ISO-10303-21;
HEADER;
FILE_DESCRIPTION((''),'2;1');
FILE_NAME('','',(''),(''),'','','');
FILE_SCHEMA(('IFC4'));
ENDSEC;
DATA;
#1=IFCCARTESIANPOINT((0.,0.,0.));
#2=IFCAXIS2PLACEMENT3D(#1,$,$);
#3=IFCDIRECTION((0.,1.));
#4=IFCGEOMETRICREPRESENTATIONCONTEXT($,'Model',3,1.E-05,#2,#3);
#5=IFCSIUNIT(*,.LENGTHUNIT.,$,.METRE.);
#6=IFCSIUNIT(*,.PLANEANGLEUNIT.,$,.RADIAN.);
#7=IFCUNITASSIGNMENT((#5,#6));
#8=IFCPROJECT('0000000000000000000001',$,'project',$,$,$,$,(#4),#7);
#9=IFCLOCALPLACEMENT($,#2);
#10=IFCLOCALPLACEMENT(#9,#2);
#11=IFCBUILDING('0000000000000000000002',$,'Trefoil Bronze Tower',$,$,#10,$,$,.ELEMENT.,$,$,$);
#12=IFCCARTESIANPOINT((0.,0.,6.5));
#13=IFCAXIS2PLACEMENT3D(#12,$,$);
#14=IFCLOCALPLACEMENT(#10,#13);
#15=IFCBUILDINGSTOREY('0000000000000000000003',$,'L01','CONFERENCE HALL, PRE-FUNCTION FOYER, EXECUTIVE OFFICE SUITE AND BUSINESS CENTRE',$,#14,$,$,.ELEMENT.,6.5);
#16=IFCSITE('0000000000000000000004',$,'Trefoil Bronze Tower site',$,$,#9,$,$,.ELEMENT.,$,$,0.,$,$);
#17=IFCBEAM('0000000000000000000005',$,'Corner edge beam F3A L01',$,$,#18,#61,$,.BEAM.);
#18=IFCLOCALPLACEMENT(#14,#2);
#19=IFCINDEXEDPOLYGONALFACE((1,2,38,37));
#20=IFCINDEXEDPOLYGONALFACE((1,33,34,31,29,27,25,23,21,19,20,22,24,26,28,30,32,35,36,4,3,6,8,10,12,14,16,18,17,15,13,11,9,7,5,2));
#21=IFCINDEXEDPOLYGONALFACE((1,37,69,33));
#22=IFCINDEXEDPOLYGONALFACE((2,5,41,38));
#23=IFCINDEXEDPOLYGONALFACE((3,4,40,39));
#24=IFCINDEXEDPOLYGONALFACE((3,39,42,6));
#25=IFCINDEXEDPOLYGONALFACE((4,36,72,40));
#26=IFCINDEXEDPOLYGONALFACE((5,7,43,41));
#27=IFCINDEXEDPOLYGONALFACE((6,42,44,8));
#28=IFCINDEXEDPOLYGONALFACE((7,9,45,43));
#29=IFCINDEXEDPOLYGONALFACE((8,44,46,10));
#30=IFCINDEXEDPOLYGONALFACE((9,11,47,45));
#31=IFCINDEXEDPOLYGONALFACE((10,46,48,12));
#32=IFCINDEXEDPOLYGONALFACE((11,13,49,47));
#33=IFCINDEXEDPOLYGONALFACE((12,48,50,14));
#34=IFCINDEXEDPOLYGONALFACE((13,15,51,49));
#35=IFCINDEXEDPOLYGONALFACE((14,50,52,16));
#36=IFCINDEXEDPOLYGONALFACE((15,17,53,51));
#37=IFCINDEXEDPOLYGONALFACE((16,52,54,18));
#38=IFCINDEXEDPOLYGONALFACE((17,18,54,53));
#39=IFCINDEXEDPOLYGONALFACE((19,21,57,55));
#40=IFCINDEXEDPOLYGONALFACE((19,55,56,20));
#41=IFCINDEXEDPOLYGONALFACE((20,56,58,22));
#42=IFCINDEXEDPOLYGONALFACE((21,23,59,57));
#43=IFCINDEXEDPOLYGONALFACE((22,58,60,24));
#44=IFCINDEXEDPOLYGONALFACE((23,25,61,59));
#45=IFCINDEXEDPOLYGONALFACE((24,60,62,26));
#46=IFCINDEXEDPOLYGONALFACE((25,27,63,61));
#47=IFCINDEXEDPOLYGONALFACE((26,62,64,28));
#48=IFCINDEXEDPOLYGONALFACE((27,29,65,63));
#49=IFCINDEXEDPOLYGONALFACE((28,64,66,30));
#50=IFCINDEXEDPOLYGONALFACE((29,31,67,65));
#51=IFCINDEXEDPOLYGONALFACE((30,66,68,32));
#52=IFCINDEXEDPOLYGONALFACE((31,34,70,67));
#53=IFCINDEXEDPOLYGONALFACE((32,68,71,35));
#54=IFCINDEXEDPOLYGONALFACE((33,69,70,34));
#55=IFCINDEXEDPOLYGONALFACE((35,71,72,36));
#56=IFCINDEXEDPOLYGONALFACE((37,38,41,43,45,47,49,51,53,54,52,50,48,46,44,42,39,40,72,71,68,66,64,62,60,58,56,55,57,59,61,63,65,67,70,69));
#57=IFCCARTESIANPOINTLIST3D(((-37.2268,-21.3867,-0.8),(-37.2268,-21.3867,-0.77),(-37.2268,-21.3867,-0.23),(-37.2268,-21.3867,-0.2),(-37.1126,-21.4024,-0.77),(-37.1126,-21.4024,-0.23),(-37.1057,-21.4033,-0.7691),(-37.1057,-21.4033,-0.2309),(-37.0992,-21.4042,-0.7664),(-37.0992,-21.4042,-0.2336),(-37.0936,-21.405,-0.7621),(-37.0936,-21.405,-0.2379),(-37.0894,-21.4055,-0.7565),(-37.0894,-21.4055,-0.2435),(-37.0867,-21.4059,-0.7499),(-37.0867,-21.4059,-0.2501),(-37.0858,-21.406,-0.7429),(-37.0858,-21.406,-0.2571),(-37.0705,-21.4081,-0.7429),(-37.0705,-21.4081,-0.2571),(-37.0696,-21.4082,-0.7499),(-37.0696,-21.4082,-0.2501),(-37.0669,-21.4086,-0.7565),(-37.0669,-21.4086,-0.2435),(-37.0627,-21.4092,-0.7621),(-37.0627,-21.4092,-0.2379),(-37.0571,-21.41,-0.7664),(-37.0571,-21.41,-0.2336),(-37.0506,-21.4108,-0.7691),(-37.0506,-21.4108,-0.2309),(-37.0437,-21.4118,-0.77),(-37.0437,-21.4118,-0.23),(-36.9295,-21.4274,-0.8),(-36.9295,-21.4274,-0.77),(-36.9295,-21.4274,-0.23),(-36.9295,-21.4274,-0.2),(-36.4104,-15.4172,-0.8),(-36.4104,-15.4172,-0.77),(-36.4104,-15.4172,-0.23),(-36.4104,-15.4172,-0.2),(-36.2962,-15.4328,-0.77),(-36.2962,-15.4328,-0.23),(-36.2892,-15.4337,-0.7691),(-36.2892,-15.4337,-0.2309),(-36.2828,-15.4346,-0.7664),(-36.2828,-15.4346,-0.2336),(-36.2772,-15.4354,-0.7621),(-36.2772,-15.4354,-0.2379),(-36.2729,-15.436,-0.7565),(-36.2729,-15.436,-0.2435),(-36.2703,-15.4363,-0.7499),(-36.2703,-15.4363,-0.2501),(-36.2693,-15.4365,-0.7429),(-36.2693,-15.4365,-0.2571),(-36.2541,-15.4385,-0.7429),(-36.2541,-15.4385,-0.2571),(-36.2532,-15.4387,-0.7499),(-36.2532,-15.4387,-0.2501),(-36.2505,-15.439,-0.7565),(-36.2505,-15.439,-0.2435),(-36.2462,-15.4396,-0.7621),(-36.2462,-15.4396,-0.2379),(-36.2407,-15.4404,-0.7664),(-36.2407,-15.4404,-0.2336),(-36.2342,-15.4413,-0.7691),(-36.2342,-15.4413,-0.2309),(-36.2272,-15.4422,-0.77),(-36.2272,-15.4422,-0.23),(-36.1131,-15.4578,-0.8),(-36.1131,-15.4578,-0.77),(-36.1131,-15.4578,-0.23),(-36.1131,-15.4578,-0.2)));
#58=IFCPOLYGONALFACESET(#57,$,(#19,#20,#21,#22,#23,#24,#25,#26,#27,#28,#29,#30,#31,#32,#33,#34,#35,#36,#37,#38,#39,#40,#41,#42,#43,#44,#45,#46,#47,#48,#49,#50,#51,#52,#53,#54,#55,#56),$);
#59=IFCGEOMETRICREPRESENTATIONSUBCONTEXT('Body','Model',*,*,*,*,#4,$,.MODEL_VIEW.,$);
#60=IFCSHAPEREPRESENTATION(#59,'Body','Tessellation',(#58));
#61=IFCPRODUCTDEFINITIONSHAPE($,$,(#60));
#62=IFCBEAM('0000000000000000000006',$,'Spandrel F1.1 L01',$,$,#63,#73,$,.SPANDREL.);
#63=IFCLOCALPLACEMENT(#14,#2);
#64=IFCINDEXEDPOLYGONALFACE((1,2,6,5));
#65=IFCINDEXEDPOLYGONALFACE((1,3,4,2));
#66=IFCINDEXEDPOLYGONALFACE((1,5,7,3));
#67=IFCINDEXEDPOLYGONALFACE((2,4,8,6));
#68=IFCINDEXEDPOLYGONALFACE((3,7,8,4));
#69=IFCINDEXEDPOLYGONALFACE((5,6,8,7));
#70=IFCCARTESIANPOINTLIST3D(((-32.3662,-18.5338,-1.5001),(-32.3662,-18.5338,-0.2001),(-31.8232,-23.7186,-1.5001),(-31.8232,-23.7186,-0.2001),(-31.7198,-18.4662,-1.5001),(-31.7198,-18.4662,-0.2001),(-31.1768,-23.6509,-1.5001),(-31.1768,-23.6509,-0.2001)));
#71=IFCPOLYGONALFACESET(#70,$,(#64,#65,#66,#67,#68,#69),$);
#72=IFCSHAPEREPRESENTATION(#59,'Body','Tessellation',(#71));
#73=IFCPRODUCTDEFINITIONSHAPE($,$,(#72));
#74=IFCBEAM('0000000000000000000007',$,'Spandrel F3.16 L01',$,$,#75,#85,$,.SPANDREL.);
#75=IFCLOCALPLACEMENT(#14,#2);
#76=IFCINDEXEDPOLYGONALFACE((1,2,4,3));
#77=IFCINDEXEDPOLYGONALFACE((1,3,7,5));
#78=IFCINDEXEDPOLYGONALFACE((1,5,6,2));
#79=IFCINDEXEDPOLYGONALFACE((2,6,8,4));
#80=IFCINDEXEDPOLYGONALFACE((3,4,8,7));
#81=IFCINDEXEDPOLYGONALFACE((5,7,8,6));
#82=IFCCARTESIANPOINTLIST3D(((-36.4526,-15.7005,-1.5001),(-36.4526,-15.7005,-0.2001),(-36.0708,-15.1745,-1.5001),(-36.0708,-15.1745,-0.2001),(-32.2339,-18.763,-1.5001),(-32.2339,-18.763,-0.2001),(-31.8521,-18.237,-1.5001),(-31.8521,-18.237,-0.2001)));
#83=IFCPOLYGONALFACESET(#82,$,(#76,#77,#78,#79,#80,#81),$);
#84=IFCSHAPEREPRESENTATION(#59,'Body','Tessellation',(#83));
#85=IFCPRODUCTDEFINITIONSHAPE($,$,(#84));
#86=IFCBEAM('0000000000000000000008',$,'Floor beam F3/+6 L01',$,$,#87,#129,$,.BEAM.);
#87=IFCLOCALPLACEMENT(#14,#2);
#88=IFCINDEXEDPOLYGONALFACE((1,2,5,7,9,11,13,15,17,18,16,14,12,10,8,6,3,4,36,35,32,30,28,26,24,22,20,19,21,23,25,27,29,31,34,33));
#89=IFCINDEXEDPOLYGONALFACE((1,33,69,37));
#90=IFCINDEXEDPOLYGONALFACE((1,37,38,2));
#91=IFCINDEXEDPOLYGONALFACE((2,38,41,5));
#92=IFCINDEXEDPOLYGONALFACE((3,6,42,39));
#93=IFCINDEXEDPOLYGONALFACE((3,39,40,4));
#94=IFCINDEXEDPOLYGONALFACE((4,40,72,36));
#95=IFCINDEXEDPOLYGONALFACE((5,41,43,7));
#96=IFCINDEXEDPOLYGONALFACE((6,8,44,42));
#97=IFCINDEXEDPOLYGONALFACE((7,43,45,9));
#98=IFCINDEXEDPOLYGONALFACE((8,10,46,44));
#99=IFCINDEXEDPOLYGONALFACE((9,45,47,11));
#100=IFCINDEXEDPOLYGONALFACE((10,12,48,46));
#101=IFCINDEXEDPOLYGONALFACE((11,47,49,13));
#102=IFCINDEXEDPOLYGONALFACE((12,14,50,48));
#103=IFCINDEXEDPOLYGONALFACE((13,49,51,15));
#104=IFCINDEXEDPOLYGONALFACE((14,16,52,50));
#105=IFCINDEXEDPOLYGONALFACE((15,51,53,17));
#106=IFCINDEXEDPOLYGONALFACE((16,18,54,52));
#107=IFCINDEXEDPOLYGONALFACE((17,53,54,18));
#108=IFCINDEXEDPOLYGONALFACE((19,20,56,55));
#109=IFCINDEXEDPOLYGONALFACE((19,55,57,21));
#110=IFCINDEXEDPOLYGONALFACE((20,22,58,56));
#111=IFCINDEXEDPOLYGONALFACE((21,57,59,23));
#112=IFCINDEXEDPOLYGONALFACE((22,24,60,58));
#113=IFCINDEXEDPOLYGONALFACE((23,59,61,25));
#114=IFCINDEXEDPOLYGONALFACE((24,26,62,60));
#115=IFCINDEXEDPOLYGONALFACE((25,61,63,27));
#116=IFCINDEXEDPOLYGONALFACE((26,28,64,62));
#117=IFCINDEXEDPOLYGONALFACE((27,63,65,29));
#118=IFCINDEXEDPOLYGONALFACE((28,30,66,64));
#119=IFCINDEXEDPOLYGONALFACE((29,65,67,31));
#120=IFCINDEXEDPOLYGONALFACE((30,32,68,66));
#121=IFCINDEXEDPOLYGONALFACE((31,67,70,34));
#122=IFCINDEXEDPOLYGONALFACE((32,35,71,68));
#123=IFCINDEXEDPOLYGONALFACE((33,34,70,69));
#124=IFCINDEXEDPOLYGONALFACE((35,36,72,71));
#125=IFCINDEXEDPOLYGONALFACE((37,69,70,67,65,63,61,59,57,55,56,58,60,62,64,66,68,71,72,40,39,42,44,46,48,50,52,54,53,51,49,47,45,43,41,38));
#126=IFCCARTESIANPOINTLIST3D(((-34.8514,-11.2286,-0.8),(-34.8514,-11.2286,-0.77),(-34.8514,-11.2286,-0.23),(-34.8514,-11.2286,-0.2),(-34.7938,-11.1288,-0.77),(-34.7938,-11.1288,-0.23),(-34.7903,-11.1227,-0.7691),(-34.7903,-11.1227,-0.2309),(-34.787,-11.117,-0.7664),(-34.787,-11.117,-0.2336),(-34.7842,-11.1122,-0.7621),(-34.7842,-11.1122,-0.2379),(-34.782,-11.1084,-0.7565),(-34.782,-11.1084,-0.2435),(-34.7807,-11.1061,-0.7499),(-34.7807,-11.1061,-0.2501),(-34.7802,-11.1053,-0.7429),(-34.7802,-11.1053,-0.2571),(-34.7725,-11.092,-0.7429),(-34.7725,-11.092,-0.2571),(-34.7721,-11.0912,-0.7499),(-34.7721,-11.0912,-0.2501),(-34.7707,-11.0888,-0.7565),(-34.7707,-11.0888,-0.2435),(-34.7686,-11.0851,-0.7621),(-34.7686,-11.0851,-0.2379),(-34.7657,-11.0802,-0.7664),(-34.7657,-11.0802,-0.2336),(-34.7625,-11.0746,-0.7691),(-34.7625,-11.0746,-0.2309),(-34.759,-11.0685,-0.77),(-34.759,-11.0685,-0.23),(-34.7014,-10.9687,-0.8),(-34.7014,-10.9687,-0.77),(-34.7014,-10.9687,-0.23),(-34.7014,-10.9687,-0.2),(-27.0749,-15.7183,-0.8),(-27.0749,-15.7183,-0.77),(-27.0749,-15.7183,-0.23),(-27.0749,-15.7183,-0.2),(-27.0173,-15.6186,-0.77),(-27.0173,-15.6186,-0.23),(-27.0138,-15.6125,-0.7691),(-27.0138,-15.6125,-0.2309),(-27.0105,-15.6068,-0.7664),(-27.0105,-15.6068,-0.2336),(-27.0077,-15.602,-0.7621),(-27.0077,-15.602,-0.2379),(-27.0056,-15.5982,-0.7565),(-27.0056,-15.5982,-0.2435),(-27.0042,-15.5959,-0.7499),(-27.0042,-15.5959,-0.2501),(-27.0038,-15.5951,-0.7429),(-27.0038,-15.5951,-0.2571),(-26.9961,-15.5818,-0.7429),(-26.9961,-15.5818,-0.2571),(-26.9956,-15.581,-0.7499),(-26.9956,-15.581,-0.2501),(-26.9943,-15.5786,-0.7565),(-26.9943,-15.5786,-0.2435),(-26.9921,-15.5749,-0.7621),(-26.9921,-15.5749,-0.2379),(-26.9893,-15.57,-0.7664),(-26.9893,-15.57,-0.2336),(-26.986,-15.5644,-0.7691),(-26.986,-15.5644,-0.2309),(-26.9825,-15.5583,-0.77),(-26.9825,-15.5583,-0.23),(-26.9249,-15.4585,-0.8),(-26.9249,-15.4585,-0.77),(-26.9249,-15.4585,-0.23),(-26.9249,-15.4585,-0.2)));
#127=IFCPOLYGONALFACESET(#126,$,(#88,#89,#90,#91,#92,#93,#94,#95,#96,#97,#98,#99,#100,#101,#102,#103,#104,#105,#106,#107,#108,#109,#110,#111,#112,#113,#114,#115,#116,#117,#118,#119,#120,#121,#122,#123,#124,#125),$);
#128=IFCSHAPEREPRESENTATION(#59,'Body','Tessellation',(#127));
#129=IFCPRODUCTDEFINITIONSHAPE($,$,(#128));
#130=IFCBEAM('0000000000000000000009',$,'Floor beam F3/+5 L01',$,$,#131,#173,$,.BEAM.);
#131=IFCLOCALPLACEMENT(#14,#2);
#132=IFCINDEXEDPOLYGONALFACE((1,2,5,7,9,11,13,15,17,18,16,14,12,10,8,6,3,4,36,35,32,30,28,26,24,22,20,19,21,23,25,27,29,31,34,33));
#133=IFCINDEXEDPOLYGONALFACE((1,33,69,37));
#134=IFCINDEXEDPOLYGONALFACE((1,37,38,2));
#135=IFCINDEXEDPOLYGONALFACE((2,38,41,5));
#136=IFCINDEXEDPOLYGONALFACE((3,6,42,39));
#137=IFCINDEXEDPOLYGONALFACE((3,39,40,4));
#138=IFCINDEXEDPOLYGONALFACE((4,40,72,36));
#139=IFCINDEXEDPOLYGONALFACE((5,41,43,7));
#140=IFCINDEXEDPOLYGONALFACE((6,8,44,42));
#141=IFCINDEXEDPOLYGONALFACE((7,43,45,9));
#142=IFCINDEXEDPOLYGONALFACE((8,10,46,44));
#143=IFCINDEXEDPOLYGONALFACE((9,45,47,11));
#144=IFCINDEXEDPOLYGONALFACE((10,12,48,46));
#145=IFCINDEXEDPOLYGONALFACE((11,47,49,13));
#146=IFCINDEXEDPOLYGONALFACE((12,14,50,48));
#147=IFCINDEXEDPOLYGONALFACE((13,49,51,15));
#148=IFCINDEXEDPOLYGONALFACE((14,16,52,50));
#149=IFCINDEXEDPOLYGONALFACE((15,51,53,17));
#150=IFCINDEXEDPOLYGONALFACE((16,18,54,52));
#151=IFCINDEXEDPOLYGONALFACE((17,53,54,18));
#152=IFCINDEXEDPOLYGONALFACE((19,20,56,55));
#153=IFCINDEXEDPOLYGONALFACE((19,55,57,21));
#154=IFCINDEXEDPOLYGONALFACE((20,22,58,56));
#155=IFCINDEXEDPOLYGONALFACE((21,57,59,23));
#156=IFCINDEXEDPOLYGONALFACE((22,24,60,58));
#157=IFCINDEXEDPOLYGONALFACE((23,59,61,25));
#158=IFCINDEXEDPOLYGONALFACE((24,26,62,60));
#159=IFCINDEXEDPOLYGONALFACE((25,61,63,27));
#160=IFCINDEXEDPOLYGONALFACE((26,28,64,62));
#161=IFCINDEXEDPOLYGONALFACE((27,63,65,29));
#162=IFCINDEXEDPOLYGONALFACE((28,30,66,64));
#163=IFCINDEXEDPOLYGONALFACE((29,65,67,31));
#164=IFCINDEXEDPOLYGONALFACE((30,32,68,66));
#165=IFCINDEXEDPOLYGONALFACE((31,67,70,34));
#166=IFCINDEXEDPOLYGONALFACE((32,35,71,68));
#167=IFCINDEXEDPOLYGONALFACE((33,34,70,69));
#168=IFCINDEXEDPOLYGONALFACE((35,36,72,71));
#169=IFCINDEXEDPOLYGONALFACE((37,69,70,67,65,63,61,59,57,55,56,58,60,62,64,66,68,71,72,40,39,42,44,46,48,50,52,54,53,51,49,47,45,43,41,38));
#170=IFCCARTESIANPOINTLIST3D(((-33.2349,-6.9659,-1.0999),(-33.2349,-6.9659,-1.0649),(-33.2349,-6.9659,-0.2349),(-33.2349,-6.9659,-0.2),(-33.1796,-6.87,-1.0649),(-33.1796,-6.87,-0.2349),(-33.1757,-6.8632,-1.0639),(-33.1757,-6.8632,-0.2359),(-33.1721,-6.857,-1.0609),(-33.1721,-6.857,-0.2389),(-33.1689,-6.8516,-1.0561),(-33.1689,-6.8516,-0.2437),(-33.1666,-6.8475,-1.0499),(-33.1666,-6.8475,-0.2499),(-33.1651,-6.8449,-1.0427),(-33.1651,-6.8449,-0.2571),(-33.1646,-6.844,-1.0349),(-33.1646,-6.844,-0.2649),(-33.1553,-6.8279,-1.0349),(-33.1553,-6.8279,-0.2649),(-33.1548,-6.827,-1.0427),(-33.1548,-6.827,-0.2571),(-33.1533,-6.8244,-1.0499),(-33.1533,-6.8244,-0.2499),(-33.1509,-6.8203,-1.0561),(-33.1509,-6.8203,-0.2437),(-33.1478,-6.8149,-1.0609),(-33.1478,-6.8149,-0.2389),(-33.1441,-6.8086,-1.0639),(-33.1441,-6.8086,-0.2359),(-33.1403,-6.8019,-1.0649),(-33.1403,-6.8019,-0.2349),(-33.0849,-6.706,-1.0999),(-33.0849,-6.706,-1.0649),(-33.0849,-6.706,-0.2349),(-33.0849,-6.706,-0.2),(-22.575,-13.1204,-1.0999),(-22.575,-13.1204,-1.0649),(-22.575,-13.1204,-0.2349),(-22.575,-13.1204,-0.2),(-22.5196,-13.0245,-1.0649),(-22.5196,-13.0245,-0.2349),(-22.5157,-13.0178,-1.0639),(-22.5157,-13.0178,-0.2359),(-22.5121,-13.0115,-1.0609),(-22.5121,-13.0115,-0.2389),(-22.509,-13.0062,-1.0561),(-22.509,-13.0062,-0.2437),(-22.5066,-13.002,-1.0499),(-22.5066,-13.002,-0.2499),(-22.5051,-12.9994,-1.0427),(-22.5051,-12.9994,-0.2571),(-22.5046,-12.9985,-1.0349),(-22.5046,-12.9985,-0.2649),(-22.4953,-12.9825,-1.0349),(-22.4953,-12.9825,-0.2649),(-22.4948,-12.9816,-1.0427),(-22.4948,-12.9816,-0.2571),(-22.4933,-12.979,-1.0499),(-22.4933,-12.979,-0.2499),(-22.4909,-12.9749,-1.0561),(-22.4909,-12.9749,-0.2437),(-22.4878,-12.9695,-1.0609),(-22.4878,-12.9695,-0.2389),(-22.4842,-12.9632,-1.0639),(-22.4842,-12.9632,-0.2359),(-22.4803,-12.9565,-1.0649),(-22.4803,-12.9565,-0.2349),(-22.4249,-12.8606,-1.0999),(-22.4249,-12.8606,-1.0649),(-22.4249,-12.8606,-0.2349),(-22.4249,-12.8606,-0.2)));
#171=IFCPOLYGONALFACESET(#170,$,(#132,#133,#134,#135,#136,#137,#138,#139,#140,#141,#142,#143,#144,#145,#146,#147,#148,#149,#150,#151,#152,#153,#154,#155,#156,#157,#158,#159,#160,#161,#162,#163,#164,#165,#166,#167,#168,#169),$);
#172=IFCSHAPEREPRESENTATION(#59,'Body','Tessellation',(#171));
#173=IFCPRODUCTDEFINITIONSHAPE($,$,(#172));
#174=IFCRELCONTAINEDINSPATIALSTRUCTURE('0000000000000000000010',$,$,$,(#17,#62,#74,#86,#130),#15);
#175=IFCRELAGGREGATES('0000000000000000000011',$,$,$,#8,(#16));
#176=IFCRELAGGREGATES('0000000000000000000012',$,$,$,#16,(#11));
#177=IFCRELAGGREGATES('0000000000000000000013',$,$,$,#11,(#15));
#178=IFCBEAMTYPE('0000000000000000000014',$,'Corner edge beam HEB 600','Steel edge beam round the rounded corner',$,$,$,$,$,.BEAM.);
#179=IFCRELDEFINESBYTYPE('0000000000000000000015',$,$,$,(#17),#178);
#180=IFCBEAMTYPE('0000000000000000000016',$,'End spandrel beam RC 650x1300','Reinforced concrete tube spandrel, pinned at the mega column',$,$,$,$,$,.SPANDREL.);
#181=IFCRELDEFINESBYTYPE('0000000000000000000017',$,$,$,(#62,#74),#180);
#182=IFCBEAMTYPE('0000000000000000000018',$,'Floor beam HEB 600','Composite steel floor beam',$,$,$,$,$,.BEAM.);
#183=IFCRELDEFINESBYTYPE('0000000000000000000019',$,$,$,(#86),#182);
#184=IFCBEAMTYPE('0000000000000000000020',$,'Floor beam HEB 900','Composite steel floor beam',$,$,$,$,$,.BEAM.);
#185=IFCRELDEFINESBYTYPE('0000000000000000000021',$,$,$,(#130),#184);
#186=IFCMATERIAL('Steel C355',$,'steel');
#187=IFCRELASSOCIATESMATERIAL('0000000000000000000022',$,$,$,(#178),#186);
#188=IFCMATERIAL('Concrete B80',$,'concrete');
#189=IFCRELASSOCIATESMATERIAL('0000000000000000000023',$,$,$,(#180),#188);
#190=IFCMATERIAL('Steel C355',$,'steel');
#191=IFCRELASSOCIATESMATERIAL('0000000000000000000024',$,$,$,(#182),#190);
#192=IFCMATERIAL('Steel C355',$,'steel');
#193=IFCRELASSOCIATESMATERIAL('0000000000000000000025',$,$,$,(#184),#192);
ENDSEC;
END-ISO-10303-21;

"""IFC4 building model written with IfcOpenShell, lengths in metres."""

from ifc_helpers import new_model, si_unit, direction, frame, origin, origin_2d, place, context, subcontext, project, spatial, rectangle, i_section, extrude, material, material_profile, profile_set, type_object, element, save


model = new_model("IFC4")

# Units and contexts
model_context = context("Model", 3, precision=1e-05, world=origin(), true_north=direction((0.0, 1.0)))
body_context = subcontext(model_context, "Body", "Model", "MODEL_VIEW")
ifc_project = project(units=[si_unit("LENGTHUNIT", "METRE"), si_unit("PLANEANGLEUNIT", "RADIAN")], contexts=[model_context])

# Site, building, storey
site_placement = place(None, origin())
site = spatial("IfcSite", under=ifc_project, at=site_placement, Name="Trefoil Bronze Tower site", CompositionType="ELEMENT", RefElevation=0.0)
building_placement = place(site_placement, origin())
building = spatial("IfcBuilding", under=site, at=building_placement, Name="Trefoil Bronze Tower", CompositionType="ELEMENT")
storey_placement = place(building_placement, frame((0.0, 0.0, 6.5)))
storey = spatial("IfcBuildingStorey", under=building, at=storey_placement, Name="L01", Description="CONFERENCE HALL, PRE-FUNCTION FOYER, EXECUTIVE OFFICE SUITE AND BUSINESS CENTRE", CompositionType="ELEMENT", Elevation=6.5)

# Beams
ifc_material_1 = material(Name="Steel C355", Category="steel")
ifc_material_profile_1 = material_profile(ifc_material_1, i_section(OverallWidth=0.3, OverallDepth=0.6001, WebThickness=0.0154, FlangeThickness=0.03, FilletRadius=0.0271, at=origin_2d()), Name="HEB 600")
ifc_profile_set_1 = profile_set([ifc_material_profile_1], Name="Steel C355")
beam_type_1 = type_object("IfcBeamType", Name="Corner edge beam HEB 600", Description="Steel edge beam round the rounded corner", PredefinedType="BEAM", material=ifc_profile_set_1)
beam_1_placement = place(storey_placement, frame((-36.2617, -15.4375, -0.5), z_axis=(-0.135502, -0.990777, 0.0), x_axis=(0.990777, -0.135502, 0.0)))
element("IfcBeam", 1, at=beam_1_placement, inside=storey, type_object=beam_type_1, Name="Corner edge beam F3A L01", PredefinedType="BEAM", context=body_context, shape_type="SweptSolid", body=[
    extrude(i_section(OverallWidth=0.3, OverallDepth=0.6001, WebThickness=0.0154, FlangeThickness=0.03, FilletRadius=0.0271, at=origin_2d()), origin(), (0.0, 0.0, 1.0), 6.0251),
])
ifc_material_2 = material(Name="Concrete B80", Category="concrete")
ifc_material_profile_2 = material_profile(ifc_material_2, rectangle(XDim=0.6499, YDim=1.3, at=origin_2d()), Name="RC 650x1300")
ifc_profile_set_2 = profile_set([ifc_material_profile_2], Name="Concrete B80")
beam_type_2 = type_object("IfcBeamType", Name="End spandrel beam RC 650x1300", Description="Reinforced concrete tube spandrel, pinned at the mega column", PredefinedType="SPANDREL", material=ifc_profile_set_2)
for number, where, z_axis, x_axis, name in (
    (2, (-32.043, -18.5, -0.8501), (0.104153, -0.994561, 0.0), (0.994561, 0.104153, 0.0), "Spandrel F1.1 L01"),
    (3, (-36.2617, -15.4375, -0.8501), (0.809254, -0.587459, 0.0), (0.587459, 0.809254, 0.0), "Spandrel F3.16 L01"),
):
    element("IfcBeam", number, at=place(storey_placement, frame(where, z_axis=z_axis, x_axis=x_axis)), inside=storey, type_object=beam_type_2, Name=name, PredefinedType="SPANDREL", context=body_context, shape_type="SweptSolid", body=[
        extrude(rectangle(XDim=0.6499, YDim=1.3, at=origin_2d()), origin(), (0.0, 0.0, 1.0), 5.2131),
    ])
ifc_material_3 = material(Name="Steel C355", Category="steel")
ifc_material_profile_3 = material_profile(ifc_material_3, i_section(OverallWidth=0.3, OverallDepth=0.6001, WebThickness=0.0154, FlangeThickness=0.03, FilletRadius=0.0271, at=origin_2d()), Name="HEB 600")
ifc_profile_set_3 = profile_set([ifc_material_profile_3], Name="Steel C355")
beam_type_3 = type_object("IfcBeamType", Name="Floor beam HEB 600", Description="Composite steel floor beam", PredefinedType="BEAM", material=ifc_profile_set_3)
beam_2_placement = place(storey_placement, frame((-34.7764, -11.0986, -0.5), z_axis=(0.866023, -0.500005, 0.0), x_axis=(0.500005, 0.866023, 0.0)))
element("IfcBeam", 4, at=beam_2_placement, inside=storey, type_object=beam_type_3, Name="Floor beam F3/+6 L01", PredefinedType="BEAM", context=body_context, shape_type="SweptSolid", body=[
    extrude(i_section(OverallWidth=0.3, OverallDepth=0.6001, WebThickness=0.0154, FlangeThickness=0.03, FilletRadius=0.0271, at=origin_2d()), origin(), (0.0, 0.0, 1.0), 8.9795),
])
ifc_material_4 = material(Name="Steel C355", Category="steel")
ifc_material_profile_4 = material_profile(ifc_material_4, i_section(OverallWidth=0.3, OverallDepth=0.8999, WebThickness=0.0186, FlangeThickness=0.0349, FilletRadius=0.03, at=origin_2d()), Name="HEB 900")
ifc_profile_set_4 = profile_set([ifc_material_profile_4], Name="Steel C355")
beam_type_4 = type_object("IfcBeamType", Name="Floor beam HEB 900", Description="Composite steel floor beam", PredefinedType="BEAM", material=ifc_profile_set_4)
beam_3_placement = place(storey_placement, frame((-33.1599, -6.8359, -0.6499), z_axis=(0.866024, -0.500002, 0.0), x_axis=(0.500002, 0.866024, 0.0)))
element("IfcBeam", 5, at=beam_3_placement, inside=storey, type_object=beam_type_4, Name="Floor beam F3/+5 L01", PredefinedType="BEAM", context=body_context, shape_type="SweptSolid", body=[
    extrude(i_section(OverallWidth=0.3, OverallDepth=0.8999, WebThickness=0.0186, FlangeThickness=0.0349, FilletRadius=0.03, at=origin_2d()), origin(), (0.0, 0.0, 1.0), 12.3091),
])

save(model, "model.ifc")
